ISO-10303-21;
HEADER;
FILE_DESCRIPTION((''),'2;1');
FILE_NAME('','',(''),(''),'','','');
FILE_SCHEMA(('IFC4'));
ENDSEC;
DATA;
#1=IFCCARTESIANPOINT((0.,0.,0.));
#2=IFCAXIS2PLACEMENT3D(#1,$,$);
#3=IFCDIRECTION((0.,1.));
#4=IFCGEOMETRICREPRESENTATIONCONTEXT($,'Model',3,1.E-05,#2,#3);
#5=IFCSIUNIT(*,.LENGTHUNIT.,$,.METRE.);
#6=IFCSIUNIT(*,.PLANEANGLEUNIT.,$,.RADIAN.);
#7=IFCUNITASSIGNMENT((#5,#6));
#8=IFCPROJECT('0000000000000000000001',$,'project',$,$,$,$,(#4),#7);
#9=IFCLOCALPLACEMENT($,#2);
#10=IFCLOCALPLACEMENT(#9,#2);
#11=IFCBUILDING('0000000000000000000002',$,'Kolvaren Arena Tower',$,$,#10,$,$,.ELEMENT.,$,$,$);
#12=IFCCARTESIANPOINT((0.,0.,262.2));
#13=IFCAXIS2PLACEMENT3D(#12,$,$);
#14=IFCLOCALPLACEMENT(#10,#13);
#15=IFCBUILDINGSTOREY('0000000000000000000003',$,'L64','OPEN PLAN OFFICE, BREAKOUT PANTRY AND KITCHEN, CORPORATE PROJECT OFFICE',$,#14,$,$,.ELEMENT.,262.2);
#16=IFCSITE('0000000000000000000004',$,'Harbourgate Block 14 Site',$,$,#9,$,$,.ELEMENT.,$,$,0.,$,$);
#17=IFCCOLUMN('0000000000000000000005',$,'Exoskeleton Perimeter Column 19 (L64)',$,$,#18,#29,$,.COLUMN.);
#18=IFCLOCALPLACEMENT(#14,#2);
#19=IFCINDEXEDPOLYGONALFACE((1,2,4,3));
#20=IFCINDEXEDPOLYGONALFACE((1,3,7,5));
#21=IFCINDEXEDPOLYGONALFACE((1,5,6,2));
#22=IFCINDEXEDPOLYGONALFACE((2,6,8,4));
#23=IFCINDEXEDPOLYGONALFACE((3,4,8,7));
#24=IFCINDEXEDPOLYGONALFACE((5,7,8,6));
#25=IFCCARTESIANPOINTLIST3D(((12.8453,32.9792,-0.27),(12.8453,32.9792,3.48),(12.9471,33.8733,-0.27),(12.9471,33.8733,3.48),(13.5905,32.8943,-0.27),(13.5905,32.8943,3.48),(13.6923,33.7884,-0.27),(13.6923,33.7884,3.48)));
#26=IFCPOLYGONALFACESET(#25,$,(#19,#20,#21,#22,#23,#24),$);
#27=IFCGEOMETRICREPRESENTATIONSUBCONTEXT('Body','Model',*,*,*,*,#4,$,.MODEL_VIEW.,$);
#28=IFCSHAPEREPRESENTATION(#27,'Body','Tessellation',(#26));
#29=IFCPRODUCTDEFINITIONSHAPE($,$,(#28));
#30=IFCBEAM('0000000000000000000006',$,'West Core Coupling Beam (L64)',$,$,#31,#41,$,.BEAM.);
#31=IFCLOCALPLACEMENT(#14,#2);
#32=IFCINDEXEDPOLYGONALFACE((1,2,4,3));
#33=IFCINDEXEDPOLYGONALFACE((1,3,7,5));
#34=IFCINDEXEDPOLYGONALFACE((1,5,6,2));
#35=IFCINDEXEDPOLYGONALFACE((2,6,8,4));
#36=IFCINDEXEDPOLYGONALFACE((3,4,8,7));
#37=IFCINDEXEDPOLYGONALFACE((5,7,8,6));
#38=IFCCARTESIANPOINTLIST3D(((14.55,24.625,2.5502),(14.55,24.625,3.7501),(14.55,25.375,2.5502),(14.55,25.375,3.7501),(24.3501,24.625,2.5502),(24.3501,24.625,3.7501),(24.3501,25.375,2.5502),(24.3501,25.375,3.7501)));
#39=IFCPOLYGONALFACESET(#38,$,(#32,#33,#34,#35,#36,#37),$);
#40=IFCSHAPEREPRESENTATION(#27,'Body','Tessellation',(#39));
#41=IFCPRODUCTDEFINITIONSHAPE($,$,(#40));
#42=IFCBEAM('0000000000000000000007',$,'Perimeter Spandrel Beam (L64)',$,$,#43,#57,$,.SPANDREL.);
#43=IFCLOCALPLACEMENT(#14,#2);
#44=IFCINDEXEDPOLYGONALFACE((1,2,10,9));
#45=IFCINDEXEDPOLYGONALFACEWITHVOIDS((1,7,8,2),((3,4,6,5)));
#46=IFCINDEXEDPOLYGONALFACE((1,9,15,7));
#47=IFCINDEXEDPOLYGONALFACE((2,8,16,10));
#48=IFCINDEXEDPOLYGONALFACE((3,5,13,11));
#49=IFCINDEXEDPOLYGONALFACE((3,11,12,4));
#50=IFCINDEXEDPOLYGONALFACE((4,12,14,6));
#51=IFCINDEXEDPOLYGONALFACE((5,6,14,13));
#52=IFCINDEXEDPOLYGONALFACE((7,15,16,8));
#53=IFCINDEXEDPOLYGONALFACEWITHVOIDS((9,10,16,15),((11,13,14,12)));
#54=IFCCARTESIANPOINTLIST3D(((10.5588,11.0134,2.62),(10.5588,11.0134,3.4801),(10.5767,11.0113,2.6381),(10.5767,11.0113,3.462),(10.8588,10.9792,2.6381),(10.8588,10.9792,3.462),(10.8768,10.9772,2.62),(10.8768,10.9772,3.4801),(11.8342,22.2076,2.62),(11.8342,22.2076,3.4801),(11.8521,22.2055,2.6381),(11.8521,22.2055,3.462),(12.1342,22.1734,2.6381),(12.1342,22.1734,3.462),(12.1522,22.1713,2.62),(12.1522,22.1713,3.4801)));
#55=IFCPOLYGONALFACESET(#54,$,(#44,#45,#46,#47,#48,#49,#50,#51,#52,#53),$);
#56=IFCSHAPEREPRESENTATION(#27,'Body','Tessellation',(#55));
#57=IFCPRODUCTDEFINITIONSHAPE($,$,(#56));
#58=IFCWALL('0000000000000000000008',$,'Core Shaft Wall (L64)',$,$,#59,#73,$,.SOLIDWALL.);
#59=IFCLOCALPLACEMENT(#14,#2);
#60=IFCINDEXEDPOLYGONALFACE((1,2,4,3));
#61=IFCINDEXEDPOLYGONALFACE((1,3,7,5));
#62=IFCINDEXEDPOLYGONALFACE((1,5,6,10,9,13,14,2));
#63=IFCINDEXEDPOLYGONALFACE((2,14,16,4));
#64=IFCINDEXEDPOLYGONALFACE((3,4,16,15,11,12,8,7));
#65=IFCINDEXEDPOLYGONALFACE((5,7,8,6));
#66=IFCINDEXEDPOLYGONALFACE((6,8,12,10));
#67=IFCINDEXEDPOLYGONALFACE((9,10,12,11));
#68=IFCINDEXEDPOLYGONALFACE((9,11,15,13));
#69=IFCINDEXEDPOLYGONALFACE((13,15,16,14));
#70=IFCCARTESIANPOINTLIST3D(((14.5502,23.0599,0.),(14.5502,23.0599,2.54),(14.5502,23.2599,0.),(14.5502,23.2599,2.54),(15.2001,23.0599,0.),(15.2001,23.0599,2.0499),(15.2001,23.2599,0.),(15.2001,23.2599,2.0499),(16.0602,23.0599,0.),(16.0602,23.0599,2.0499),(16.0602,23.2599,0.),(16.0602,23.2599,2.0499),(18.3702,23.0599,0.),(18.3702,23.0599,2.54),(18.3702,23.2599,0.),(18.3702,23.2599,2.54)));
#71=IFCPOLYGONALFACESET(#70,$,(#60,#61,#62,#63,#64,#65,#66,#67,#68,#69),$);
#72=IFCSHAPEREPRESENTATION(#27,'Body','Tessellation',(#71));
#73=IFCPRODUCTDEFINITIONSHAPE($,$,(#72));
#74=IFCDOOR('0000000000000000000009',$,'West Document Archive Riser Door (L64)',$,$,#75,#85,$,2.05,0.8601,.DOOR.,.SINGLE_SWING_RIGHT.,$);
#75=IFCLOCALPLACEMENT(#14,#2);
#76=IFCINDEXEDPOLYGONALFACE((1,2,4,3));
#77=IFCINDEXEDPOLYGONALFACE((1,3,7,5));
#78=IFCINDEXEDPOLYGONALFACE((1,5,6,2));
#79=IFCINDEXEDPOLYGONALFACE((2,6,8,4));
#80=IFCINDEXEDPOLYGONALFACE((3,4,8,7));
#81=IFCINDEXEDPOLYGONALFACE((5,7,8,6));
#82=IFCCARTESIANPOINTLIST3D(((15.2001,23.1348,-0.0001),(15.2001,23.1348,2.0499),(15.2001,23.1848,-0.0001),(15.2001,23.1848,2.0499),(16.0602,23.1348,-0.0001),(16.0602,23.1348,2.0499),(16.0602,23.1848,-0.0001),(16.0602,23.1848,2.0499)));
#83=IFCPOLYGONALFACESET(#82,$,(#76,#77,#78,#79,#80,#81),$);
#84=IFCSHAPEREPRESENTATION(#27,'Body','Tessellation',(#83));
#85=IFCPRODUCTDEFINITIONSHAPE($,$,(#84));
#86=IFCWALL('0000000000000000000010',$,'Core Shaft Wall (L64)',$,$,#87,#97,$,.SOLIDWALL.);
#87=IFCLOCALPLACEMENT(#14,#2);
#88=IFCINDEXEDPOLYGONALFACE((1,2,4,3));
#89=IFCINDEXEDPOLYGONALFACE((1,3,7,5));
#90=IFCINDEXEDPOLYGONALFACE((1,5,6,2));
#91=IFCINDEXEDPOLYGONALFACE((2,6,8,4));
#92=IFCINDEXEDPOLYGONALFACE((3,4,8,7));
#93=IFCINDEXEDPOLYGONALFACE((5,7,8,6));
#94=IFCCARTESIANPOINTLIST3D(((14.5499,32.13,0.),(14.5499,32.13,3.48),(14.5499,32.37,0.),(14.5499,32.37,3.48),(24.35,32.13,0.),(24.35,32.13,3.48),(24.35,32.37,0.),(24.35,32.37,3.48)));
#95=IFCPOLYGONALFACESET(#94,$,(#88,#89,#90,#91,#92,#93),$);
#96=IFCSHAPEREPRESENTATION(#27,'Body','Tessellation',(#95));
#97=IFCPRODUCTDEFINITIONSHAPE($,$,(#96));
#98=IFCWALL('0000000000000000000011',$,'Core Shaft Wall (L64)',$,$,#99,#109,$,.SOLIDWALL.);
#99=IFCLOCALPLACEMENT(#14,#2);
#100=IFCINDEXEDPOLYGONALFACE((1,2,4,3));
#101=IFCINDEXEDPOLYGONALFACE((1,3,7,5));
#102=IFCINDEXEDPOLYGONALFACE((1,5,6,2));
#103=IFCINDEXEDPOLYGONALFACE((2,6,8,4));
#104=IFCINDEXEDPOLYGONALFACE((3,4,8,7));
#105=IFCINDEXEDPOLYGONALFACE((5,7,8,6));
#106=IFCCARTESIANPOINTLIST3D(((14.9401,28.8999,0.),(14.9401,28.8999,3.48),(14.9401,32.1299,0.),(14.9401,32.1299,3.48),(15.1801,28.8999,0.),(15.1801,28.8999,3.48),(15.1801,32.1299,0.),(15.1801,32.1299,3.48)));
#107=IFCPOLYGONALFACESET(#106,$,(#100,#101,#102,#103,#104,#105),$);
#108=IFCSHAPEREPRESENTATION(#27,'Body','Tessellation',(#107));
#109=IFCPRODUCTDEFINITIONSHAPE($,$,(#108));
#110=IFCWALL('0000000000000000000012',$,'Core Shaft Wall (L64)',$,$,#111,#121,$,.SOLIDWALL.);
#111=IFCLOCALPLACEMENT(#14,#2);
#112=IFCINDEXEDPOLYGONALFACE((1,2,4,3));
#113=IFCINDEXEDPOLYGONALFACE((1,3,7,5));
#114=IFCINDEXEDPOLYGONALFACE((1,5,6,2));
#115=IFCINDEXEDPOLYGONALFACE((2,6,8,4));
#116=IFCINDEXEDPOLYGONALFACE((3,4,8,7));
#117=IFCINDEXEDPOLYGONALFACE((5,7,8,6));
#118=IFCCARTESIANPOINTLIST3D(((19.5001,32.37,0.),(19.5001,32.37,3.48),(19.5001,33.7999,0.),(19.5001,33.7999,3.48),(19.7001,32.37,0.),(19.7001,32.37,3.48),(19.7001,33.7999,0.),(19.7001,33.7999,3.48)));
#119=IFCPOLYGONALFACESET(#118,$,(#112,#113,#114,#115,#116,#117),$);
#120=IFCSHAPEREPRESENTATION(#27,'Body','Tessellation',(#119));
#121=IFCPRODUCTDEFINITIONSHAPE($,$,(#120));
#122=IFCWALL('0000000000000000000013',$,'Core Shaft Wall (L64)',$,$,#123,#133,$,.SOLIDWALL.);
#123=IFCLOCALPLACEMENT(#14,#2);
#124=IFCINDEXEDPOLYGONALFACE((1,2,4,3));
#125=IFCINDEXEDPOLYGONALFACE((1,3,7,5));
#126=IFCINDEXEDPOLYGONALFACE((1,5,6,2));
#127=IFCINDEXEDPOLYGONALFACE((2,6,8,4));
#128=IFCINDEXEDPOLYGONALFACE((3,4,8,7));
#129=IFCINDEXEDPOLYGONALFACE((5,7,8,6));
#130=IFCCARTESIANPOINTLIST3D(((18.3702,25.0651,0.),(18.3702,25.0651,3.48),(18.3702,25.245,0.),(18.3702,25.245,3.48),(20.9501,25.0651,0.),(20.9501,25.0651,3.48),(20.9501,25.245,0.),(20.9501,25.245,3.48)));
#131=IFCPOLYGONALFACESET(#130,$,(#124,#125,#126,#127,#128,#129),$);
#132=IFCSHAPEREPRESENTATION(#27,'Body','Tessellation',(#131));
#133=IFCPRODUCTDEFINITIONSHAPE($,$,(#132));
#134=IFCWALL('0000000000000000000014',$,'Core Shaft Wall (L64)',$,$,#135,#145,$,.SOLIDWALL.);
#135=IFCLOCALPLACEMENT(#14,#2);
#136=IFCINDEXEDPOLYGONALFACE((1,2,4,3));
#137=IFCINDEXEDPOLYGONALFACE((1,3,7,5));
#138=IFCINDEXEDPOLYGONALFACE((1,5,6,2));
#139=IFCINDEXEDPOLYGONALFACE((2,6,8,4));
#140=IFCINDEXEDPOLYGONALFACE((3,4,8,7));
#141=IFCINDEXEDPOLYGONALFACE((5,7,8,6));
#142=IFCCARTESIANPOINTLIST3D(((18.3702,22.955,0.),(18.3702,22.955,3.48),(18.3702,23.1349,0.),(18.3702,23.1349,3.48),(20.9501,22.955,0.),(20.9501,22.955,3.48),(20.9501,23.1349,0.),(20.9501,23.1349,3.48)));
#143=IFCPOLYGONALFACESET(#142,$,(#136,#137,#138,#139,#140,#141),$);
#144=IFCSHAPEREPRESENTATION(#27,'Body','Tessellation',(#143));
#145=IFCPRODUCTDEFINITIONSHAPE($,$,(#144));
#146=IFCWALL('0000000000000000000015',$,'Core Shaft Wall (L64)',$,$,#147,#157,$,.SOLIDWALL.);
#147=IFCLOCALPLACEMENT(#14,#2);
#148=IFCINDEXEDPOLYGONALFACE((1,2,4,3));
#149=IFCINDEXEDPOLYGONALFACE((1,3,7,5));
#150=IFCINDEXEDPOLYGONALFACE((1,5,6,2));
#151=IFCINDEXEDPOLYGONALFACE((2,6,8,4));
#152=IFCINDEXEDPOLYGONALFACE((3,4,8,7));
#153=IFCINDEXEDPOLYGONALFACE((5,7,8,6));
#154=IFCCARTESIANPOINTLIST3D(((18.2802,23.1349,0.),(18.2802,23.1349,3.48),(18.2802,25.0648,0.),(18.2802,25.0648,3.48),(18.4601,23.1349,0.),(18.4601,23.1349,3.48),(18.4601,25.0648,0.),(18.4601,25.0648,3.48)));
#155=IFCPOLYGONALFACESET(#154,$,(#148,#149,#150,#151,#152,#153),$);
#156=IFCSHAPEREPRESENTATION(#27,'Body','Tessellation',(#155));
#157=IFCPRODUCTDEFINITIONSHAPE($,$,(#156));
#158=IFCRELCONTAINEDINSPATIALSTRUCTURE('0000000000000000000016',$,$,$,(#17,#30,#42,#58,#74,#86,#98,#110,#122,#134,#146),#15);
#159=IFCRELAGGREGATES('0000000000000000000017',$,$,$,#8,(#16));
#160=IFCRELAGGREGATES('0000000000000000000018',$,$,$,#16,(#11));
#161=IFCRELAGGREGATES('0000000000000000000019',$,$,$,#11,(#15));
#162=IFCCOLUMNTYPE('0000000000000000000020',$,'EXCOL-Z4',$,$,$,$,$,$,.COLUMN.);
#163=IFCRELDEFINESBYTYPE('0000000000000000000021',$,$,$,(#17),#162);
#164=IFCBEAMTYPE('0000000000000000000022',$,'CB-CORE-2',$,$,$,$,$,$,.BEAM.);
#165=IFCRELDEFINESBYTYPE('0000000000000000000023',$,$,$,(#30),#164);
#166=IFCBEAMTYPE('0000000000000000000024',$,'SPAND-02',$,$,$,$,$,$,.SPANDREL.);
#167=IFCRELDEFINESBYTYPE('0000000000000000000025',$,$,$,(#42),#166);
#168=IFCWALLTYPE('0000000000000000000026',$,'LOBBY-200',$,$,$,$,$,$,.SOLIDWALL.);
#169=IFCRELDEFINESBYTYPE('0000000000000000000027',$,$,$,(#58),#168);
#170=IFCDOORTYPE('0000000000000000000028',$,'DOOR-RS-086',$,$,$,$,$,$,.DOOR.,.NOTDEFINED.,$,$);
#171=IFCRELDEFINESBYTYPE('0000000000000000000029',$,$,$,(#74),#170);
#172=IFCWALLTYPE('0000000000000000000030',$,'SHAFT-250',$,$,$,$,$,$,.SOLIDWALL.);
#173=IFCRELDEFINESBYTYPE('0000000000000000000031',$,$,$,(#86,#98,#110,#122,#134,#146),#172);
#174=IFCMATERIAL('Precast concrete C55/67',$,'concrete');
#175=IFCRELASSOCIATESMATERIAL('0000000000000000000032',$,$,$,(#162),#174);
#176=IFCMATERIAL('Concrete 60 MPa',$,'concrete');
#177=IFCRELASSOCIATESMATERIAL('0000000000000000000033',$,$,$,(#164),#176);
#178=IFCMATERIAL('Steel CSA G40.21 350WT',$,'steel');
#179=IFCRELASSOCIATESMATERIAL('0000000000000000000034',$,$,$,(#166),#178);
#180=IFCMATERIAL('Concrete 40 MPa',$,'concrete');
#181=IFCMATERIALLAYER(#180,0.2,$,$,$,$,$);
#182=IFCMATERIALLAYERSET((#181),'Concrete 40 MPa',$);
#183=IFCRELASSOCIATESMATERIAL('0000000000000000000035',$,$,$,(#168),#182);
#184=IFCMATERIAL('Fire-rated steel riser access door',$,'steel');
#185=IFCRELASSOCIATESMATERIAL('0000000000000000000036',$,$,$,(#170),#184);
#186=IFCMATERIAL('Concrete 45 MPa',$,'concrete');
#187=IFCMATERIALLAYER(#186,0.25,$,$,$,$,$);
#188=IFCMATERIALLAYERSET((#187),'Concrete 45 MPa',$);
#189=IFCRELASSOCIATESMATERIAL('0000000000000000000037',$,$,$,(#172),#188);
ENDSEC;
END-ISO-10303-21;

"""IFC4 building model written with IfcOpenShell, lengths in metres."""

from ifc_helpers import new_model, si_unit, direction, frame, frame_2d, origin, origin_2d, place, context, subcontext, project, spatial, rectangle, hollow_rectangle, extrude, material, layer, layer_set, material_profile, profile_set, type_object, element, fill, save


model = new_model("IFC4")

# Units and contexts
model_context = context("Model", 3, precision=1e-05, world=origin(), true_north=direction((0.0, 1.0)))
body_context = subcontext(model_context, "Body", "Model", "MODEL_VIEW")
ifc_project = project(units=[si_unit("LENGTHUNIT", "METRE"), si_unit("PLANEANGLEUNIT", "RADIAN")], contexts=[model_context])

# Site, building, storey
site_placement = place(None, origin())
site = spatial("IfcSite", under=ifc_project, at=site_placement, Name="Harbourgate Block 14 Site", CompositionType="ELEMENT", RefElevation=0.0)
building_placement = place(site_placement, origin())
building = spatial("IfcBuilding", under=site, at=building_placement, Name="Kolvaren Arena Tower", CompositionType="ELEMENT")
storey_placement = place(building_placement, frame((0.0, 0.0, 262.2)))
storey = spatial("IfcBuildingStorey", under=building, at=storey_placement, Name="L64", Description="OPEN PLAN OFFICE, BREAKOUT PANTRY AND KITCHEN, CORPORATE PROJECT OFFICE", CompositionType="ELEMENT", Elevation=262.2)

# Column
ifc_material_1 = material(Name="Precast concrete C55/67", Category="concrete")
ifc_material_profile_1 = material_profile(ifc_material_1, rectangle(XDim=0.8999, YDim=0.75, at=origin_2d()), Name="RC-900x750")
ifc_profile_set_1 = profile_set([ifc_material_profile_1], Name="Precast concrete C55/67")
column_type = type_object("IfcColumnType", Name="EXCOL-Z4", PredefinedType="COLUMN", material=ifc_profile_set_1)
column_placement = place(storey_placement, frame((13.2688, 33.3838, -0.27), z_axis=(0.0, 0.0, 1.0), x_axis=(0.113203, 0.993572, 0.0)))
element("IfcColumn", 1, at=column_placement, inside=storey, type_object=column_type, Name="Exoskeleton Perimeter Column 19 (L64)", PredefinedType="COLUMN", context=body_context, shape_type="SweptSolid", body=[
    extrude(rectangle(XDim=0.8999, YDim=0.75, at=origin_2d()), origin(), (0.0, 0.0, 1.0), 3.75),
])

# Beams
ifc_material_2 = material(Name="Concrete 60 MPa", Category="concrete")
ifc_material_profile_2 = material_profile(ifc_material_2, rectangle(XDim=0.75, YDim=1.2, at=origin_2d()), Name="RC-750x1200")
ifc_profile_set_2 = profile_set([ifc_material_profile_2], Name="Concrete 60 MPa")
beam_type_1 = type_object("IfcBeamType", Name="CB-CORE-2", PredefinedType="BEAM", material=ifc_profile_set_2)
beam_1_placement = place(storey_placement, frame((14.55, 25.0, 3.1501), z_axis=(1.0, 0.0, 0.0), x_axis=(0.0, 1.0, 0.0)))
element("IfcBeam", 2, at=beam_1_placement, inside=storey, type_object=beam_type_1, Name="West Core Coupling Beam (L64)", PredefinedType="BEAM", context=body_context, shape_type="SweptSolid", body=[
    extrude(rectangle(XDim=0.75, YDim=1.2, at=origin_2d()), origin(), (0.0, 0.0, 1.0), 9.8),
])
ifc_material_3 = material(Name="Steel CSA G40.21 350WT", Category="steel")
ifc_material_profile_3 = material_profile(ifc_material_3, hollow_rectangle(XDim=0.3201, YDim=0.8601, WallThickness=0.0181, at=origin_2d()), Name="HSS 860x320x18")
ifc_profile_set_3 = profile_set([ifc_material_profile_3], Name="Steel CSA G40.21 350WT")
beam_type_2 = type_object("IfcBeamType", Name="SPAND-02", PredefinedType="SPANDREL", material=ifc_profile_set_3)
beam_2_placement = place(storey_placement, frame((11.9932, 22.1895, 3.05), z_axis=(-0.113202, -0.993572, 0.0), x_axis=(0.993572, -0.113202, 0.0)))
element("IfcBeam", 3, at=beam_2_placement, inside=storey, type_object=beam_type_2, Name="Perimeter Spandrel Beam (L64)", PredefinedType="SPANDREL", context=body_context, shape_type="SweptSolid", body=[
    extrude(hollow_rectangle(XDim=0.3201, YDim=0.8601, WallThickness=0.0181, at=origin_2d()), origin(), (0.0, 0.0, 1.0), 11.2666),
])

# Wall, opening, door
ifc_material_4 = material(Name="Concrete 40 MPa", Category="concrete")
ifc_layer_1 = layer(ifc_material_4, 0.2)
ifc_layer_set_1 = layer_set([ifc_layer_1], Name="Concrete 40 MPa")
wall_type_1 = type_object("IfcWallType", Name="LOBBY-200", PredefinedType="SOLIDWALL", material=ifc_layer_set_1)
wall_1_placement = place(storey_placement, frame((14.55, 23.1599, 0.0), z_axis=(0.0, 0.0, 1.0), x_axis=(1.0, 0.0, 0.0)))
wall_1 = element("IfcWall", 4, at=wall_1_placement, inside=storey, type_object=wall_type_1, Name="Core Shaft Wall (L64)", PredefinedType="SOLIDWALL", context=body_context, shape_type="SweptSolid", body=[
    extrude(rectangle(XDim=3.8201, YDim=0.2, at=frame_2d((1.9102, 0.0))), origin(), (0.0, 0.0, 1.0), 2.54),
])
opening_1_placement = place(wall_1_placement, frame((0.6499, 0.0, 0.0)))
opening_1 = element("IfcOpeningElement", 5, at=opening_1_placement, cuts=wall_1, PredefinedType="OPENING", context=body_context, shape_type="SweptSolid", body=[
    extrude(rectangle(XDim=0.8601, YDim=2.05, at=frame_2d((0.4302, 1.0249))), frame((0.0, 0.1099, 0.0), z_axis=(0.0, -1.0, 0.0), x_axis=(1.0, 0.0, 0.0)), (0.0, 0.0, 1.0), 0.22),
])
ifc_material_5 = material(Name="Fire-rated steel riser access door", Category="steel")
door_type_1 = type_object("IfcDoorType", Name="DOOR-RS-086", OperationType="NOTDEFINED", PredefinedType="DOOR", material=ifc_material_5)
door_1_placement = place(opening_1_placement, origin())
door_1 = element("IfcDoor", 6, at=door_1_placement, inside=storey, type_object=door_type_1, Name="West Document Archive Riser Door (L64)", OperationType="SINGLE_SWING_RIGHT", OverallHeight=2.05, OverallWidth=0.8601, PredefinedType="DOOR", context=body_context, shape_type="SweptSolid", body=[
    extrude(rectangle(XDim=0.8601, YDim=2.05, at=frame_2d((0.4302, 1.0249))), frame((0.0, 0.0249, 0.0), z_axis=(0.0, -1.0, 0.0), x_axis=(1.0, 0.0, 0.0)), (0.0, 0.0, 1.0), 0.05),
])
fill(opening_1, door_1)

# Walls
ifc_material_6 = material(Name="Concrete 45 MPa", Category="concrete")
ifc_layer_2 = layer(ifc_material_6, 0.25)
ifc_layer_set_2 = layer_set([ifc_layer_2], Name="Concrete 45 MPa")
wall_type_2 = type_object("IfcWallType", Name="SHAFT-250", PredefinedType="SOLIDWALL", material=ifc_layer_set_2)
wall_2_placement = place(storey_placement, frame((14.55, 32.25, 0.0), z_axis=(0.0, 0.0, 1.0), x_axis=(1.0, 0.0, 0.0)))
element("IfcWall", 7, at=wall_2_placement, inside=storey, type_object=wall_type_2, Name="Core Shaft Wall (L64)", PredefinedType="SOLIDWALL", context=body_context, shape_type="SweptSolid", body=[
    extrude(rectangle(XDim=9.8, YDim=0.24, at=frame_2d((4.8999, 0.0))), origin(), (0.0, 0.0, 1.0), 3.48),
])
wall_3_placement = place(storey_placement, frame((15.0601, 28.8999, 0.0), z_axis=(0.0, 0.0, 1.0), x_axis=(0.0, 1.0, 0.0)))
element("IfcWall", 8, at=wall_3_placement, inside=storey, type_object=wall_type_2, Name="Core Shaft Wall (L64)", PredefinedType="SOLIDWALL", context=body_context, shape_type="SweptSolid", body=[
    extrude(rectangle(XDim=3.23, YDim=0.24, at=frame_2d((1.615, 0.0))), origin(), (0.0, 0.0, 1.0), 3.48),
])
wall_4_placement = place(storey_placement, frame((19.6001, 32.3701, 0.0), z_axis=(0.0, 0.0, 1.0), x_axis=(0.0, 1.0, 0.0)))
element("IfcWall", 9, at=wall_4_placement, inside=storey, type_object=wall_type_2, Name="Core Shaft Wall (L64)", PredefinedType="SOLIDWALL", context=body_context, shape_type="SweptSolid", body=[
    extrude(rectangle(XDim=1.4299, YDim=0.2, at=frame_2d((0.7148, 0.0))), origin(), (0.0, 0.0, 1.0), 3.48),
])
for number, where, z_axis, x_axis, name in (
    (10, (18.3701, 25.155, 0.0), (0.0, 0.0, 1.0), (1.0, 0.0, 0.0), "Core Shaft Wall (L64)"),
    (11, (18.3701, 23.0449, 0.0), (0.0, 0.0, 1.0), (1.0, 0.0, 0.0), "Core Shaft Wall (L64)"),
):
    element("IfcWall", number, at=place(storey_placement, frame(where, z_axis=z_axis, x_axis=x_axis)), inside=storey, type_object=wall_type_2, Name=name, PredefinedType="SOLIDWALL", context=body_context, shape_type="SweptSolid", body=[
        extrude(rectangle(XDim=2.5798, YDim=0.1799, at=frame_2d((1.29, 0.0))), origin(), (0.0, 0.0, 1.0), 3.48),
    ])
wall_5_placement = place(storey_placement, frame((18.3701, 23.135, 0.0), z_axis=(0.0, 0.0, 1.0), x_axis=(0.0, 1.0, 0.0)))
element("IfcWall", 12, at=wall_5_placement, inside=storey, type_object=wall_type_2, Name="Core Shaft Wall (L64)", PredefinedType="SOLIDWALL", context=body_context, shape_type="SweptSolid", body=[
    extrude(rectangle(XDim=1.9299, YDim=0.1799, at=frame_2d((0.9648, 0.0))), origin(), (0.0, 0.0, 1.0), 3.48),
])

save(model, "model.ifc")
